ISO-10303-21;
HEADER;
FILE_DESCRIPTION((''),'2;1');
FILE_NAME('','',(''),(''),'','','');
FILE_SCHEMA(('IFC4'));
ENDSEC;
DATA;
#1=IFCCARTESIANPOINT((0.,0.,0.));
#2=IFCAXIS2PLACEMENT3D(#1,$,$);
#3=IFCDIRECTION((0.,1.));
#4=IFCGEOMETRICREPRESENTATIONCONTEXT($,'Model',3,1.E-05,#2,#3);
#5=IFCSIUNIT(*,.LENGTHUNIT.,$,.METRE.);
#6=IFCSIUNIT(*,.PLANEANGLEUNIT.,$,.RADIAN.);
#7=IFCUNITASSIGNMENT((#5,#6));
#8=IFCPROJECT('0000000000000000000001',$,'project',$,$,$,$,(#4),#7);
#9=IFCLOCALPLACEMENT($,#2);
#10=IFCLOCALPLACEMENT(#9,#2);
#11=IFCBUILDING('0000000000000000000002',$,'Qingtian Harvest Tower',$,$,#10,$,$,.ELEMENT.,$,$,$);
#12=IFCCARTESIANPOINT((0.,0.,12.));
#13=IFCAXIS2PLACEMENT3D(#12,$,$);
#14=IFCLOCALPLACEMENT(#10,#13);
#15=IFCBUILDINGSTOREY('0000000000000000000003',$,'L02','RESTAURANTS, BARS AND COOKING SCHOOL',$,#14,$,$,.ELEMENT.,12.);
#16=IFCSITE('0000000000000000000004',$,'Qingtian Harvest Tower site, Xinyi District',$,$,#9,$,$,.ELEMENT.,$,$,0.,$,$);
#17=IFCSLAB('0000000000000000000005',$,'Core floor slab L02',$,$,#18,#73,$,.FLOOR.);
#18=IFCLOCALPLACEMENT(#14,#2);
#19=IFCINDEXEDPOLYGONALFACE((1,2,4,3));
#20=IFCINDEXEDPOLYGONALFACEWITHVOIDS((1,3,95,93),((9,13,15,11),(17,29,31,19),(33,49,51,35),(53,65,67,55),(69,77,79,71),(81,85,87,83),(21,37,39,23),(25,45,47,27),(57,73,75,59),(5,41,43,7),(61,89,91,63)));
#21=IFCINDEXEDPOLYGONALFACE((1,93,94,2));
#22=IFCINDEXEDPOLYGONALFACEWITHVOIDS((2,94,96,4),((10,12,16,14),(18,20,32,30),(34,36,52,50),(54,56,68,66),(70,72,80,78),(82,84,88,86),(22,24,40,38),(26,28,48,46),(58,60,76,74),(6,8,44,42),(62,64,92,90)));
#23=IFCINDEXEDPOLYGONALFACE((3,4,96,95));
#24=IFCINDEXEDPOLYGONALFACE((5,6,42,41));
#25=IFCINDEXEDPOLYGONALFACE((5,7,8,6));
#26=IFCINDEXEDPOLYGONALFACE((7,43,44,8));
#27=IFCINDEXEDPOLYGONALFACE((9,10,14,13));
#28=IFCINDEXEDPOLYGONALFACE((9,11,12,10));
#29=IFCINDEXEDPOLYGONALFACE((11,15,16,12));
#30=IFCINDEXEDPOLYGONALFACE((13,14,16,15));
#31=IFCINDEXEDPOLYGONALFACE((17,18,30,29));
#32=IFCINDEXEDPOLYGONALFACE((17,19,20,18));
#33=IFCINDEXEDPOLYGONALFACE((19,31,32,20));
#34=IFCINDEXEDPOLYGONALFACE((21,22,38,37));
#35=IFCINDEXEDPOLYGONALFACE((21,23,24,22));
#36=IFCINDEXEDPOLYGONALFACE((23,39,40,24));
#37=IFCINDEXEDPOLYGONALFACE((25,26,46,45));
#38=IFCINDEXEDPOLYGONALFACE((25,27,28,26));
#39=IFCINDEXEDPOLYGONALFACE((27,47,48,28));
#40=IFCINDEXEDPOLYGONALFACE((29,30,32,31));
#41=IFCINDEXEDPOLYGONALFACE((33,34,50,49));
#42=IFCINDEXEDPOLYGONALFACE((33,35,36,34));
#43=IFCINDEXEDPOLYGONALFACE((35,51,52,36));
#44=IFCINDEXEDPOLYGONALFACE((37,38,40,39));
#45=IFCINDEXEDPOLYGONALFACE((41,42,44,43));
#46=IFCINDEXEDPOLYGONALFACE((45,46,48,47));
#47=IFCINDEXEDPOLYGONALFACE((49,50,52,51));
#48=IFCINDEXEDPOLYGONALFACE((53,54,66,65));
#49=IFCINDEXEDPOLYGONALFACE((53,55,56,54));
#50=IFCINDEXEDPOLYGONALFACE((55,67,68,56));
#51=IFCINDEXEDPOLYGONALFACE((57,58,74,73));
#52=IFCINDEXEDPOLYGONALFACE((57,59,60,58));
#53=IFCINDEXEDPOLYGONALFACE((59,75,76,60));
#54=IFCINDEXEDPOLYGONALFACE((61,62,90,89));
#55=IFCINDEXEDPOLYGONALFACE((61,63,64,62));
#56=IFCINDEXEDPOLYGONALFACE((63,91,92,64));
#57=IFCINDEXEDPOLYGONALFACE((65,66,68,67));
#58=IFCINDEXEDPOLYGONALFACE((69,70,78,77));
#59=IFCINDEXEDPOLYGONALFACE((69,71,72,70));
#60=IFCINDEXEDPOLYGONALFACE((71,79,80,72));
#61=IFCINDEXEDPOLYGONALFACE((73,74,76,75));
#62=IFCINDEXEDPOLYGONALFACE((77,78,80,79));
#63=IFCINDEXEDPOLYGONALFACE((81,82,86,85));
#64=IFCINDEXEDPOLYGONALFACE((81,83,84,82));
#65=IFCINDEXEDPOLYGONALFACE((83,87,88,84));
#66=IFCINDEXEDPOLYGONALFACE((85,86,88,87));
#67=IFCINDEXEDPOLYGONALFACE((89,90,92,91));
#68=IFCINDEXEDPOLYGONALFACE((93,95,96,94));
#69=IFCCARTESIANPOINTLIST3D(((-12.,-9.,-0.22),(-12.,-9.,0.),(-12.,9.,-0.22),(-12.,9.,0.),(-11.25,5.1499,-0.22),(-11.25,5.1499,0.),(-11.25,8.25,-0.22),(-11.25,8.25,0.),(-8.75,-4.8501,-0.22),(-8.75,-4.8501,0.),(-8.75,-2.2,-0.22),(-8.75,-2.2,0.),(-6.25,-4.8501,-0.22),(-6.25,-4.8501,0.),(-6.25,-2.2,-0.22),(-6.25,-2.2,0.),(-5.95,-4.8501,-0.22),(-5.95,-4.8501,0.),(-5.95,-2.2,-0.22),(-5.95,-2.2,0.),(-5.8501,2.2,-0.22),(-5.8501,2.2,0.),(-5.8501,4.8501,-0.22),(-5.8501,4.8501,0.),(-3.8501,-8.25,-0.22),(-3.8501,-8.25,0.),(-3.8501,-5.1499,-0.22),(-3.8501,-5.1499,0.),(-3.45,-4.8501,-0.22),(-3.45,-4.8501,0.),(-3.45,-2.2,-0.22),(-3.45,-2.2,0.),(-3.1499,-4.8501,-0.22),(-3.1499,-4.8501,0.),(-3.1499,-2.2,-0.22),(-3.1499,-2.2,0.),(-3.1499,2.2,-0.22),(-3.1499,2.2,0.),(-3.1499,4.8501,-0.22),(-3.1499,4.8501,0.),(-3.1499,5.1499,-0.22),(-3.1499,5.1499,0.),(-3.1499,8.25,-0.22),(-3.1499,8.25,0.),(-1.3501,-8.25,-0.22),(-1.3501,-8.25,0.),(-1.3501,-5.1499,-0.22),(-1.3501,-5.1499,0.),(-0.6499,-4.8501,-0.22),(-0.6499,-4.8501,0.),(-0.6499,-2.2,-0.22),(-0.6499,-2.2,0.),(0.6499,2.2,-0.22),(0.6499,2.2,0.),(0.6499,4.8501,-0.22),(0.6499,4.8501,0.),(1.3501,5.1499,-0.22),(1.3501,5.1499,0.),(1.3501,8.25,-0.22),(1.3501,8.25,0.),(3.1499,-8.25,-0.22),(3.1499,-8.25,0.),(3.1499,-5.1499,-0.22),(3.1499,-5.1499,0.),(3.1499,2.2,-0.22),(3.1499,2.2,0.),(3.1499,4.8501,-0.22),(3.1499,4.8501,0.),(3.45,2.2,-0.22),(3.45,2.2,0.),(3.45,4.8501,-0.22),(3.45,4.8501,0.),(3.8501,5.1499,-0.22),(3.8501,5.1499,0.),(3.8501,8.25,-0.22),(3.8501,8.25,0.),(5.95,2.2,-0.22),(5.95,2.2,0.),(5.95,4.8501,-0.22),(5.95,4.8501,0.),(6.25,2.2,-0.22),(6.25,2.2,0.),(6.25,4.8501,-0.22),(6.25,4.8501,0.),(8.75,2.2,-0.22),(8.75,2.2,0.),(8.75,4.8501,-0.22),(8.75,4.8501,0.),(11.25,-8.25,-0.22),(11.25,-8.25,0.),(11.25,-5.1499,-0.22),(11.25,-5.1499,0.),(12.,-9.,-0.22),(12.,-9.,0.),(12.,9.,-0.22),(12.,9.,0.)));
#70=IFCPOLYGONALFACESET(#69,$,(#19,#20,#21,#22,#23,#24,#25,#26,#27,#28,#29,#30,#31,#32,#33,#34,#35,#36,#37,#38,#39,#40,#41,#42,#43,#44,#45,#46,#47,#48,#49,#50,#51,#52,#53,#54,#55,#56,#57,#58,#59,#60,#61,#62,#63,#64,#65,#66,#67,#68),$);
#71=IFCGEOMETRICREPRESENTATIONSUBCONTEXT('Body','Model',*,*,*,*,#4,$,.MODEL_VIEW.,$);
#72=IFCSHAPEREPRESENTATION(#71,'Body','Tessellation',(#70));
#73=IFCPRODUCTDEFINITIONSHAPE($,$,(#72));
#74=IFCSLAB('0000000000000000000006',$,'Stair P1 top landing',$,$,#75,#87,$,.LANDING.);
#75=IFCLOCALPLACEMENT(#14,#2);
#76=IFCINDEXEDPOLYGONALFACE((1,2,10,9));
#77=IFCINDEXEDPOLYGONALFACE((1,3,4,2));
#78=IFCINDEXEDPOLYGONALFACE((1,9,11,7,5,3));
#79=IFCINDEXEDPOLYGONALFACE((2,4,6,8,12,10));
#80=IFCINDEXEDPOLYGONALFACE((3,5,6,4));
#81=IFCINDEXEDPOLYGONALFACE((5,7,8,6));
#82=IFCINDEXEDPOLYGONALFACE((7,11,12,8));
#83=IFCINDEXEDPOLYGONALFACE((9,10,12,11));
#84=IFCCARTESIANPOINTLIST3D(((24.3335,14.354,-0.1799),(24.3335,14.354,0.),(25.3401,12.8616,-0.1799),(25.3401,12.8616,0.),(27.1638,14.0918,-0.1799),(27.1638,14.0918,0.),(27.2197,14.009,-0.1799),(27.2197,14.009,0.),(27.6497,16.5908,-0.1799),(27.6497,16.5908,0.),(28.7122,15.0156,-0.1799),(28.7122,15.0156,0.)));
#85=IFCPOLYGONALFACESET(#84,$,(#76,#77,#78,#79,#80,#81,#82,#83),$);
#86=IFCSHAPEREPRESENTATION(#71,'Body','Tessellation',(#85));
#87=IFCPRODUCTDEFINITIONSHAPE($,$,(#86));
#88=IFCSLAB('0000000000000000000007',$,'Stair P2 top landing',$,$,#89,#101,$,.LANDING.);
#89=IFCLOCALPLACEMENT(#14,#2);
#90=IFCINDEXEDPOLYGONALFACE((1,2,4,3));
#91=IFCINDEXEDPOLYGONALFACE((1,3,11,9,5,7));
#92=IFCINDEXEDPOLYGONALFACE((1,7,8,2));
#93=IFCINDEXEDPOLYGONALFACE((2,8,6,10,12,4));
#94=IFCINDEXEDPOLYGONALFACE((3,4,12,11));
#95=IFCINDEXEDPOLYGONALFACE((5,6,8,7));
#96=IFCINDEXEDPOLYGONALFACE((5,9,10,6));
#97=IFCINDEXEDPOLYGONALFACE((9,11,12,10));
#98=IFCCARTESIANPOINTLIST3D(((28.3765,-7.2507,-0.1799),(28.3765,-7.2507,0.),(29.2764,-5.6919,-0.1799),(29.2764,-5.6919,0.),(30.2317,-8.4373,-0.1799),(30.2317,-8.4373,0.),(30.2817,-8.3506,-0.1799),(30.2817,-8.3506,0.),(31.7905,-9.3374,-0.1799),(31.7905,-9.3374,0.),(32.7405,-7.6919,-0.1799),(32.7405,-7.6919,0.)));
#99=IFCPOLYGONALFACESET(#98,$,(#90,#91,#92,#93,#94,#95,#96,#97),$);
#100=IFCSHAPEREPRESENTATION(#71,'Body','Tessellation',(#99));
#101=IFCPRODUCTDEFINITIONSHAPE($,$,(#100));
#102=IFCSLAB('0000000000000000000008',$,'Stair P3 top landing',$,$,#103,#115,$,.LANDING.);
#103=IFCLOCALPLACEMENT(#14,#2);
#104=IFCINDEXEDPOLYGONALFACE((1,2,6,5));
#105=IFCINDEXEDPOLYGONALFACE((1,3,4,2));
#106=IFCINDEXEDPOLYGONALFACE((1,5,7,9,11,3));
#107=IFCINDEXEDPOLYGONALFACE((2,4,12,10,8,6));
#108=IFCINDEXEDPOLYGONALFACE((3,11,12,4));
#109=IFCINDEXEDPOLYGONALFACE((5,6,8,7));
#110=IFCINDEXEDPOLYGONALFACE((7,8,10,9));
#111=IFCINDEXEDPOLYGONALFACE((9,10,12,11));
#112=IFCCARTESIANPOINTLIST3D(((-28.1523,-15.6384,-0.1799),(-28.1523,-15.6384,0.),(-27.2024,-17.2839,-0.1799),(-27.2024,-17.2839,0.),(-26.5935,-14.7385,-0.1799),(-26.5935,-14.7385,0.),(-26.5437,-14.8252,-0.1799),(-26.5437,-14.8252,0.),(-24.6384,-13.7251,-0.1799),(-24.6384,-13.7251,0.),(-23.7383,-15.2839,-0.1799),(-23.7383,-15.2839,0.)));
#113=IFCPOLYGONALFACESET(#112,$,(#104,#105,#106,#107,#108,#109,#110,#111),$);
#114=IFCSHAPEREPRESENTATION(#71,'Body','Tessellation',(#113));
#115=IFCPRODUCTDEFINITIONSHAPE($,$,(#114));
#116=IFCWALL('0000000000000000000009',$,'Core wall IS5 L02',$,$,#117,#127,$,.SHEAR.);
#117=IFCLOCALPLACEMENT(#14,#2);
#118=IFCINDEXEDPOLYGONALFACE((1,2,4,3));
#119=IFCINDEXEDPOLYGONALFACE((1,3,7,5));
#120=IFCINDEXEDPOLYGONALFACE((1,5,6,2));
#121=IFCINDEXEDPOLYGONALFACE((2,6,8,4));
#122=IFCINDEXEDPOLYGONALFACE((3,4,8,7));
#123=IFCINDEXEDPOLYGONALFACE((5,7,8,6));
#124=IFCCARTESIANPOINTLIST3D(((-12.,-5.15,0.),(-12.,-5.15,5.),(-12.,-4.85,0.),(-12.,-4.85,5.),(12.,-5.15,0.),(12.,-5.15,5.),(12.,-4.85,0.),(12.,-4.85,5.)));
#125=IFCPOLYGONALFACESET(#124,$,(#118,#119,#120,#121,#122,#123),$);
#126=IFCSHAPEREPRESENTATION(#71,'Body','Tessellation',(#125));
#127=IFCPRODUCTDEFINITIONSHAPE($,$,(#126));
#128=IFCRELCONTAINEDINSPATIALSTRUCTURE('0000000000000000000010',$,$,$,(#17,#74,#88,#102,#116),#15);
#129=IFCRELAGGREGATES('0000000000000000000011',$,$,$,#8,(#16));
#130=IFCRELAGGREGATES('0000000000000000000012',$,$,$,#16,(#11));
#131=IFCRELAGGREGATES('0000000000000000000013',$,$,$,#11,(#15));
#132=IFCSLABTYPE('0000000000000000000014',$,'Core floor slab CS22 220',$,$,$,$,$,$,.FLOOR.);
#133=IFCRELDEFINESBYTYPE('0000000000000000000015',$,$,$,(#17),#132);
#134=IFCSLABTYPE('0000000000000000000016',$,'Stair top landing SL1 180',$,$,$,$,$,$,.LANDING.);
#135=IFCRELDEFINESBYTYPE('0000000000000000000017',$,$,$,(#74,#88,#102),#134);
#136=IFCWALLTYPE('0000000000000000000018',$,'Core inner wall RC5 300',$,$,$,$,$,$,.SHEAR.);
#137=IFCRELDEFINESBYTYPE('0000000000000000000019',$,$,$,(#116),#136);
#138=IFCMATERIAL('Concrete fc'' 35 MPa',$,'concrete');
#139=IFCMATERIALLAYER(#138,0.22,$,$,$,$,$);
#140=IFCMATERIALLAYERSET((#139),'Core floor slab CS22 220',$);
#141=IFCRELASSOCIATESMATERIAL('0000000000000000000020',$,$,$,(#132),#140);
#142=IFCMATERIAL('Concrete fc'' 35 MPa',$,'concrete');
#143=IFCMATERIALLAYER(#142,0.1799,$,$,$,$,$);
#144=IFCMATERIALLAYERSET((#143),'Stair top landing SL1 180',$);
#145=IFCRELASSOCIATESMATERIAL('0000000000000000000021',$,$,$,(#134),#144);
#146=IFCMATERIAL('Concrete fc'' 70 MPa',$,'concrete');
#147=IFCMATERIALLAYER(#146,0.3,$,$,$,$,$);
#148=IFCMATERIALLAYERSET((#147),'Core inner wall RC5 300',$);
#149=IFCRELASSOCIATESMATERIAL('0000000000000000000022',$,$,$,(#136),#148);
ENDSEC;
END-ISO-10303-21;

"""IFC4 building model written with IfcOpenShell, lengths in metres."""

from ifc_helpers import new_model, si_unit, direction, frame, frame_2d, origin, place, context, subcontext, project, spatial, polyline, rectangle, outline, extrude, material, layer, layer_set, type_object, element, save


model = new_model("IFC4")

# Units and contexts
model_context = context("Model", 3, precision=1e-05, world=origin(), true_north=direction((0.0, 1.0)))
body_context = subcontext(model_context, "Body", "Model", "MODEL_VIEW")
ifc_project = project(units=[si_unit("LENGTHUNIT", "METRE"), si_unit("PLANEANGLEUNIT", "RADIAN")], contexts=[model_context])

# Site, building, storey
site_placement = place(None, origin())
site = spatial("IfcSite", under=ifc_project, at=site_placement, Name="Qingtian Harvest Tower site, Xinyi District", CompositionType="ELEMENT", RefElevation=0.0)
building_placement = place(site_placement, origin())
building = spatial("IfcBuilding", under=site, at=building_placement, Name="Qingtian Harvest Tower", CompositionType="ELEMENT")
storey_placement = place(building_placement, frame((0.0, 0.0, 12.0)))
storey = spatial("IfcBuildingStorey", under=building, at=storey_placement, Name="L02", Description="RESTAURANTS, BARS AND COOKING SCHOOL", CompositionType="ELEMENT", Elevation=12.0)

# Slabs
ifc_material_1 = material(Name="Concrete fc' 35 MPa", Category="concrete")
ifc_layer_1 = layer(ifc_material_1, 0.22)
ifc_layer_set_1 = layer_set([ifc_layer_1], Name="Core floor slab CS22 220")
slab_type_1 = type_object("IfcSlabType", Name="Core floor slab CS22 220", PredefinedType="FLOOR", material=ifc_layer_set_1)
slab_1_placement = place(storey_placement, frame((0.0, 0.0, -0.22)))
element("IfcSlab", 1, at=slab_1_placement, inside=storey, type_object=slab_type_1, Name="Core floor slab L02", PredefinedType="FLOOR", context=body_context, shape_type="SweptSolid", body=[
    extrude(outline(polyline([(-12.0, -9.0), (12.0, -9.0), (12.0, 9.0), (-12.0, 9.0), (-12.0, -9.0)]), holes=[polyline([(-11.25, 5.1499), (-3.1499, 5.1499), (-3.1499, 8.25), (-11.25, 8.25), (-11.25, 5.1499)]), polyline([(3.1499, -8.25), (11.25, -8.25), (11.25, -5.1499), (3.1499, -5.1499), (3.1499, -8.25)]), polyline([(1.3501, 5.1499), (3.8501, 5.1499), (3.8501, 8.25), (1.3501, 8.25), (1.3501, 5.1499)]), polyline([(-3.8501, -8.25), (-1.3501, -8.25), (-1.3501, -5.1499), (-3.8501, -5.1499), (-3.8501, -8.25)]), polyline([(-5.8501, 2.2), (-3.1499, 2.2), (-3.1499, 4.8501), (-5.8501, 4.8501), (-5.8501, 2.2)]), polyline([(0.6499, 2.2), (3.1499, 2.2), (3.1499, 4.8501), (0.6499, 4.8501), (0.6499, 2.2)]), polyline([(3.45, 2.2), (5.95, 2.2), (5.95, 4.8501), (3.45, 4.8501), (3.45, 2.2)]), polyline([(6.25, 2.2), (8.75, 2.2), (8.75, 4.8501), (6.25, 4.8501), (6.25, 2.2)]), polyline([(-8.75, -4.8501), (-6.25, -4.8501), (-6.25, -2.2), (-8.75, -2.2), (-8.75, -4.8501)]), polyline([(-5.95, -4.8501), (-3.45, -4.8501), (-3.45, -2.2), (-5.95, -2.2), (-5.95, -4.8501)]), polyline([(-3.1499, -4.8501), (-0.6499, -4.8501), (-0.6499, -2.2), (-3.1499, -2.2), (-3.1499, -4.8501)])]), origin(), (0.0, 0.0, 1.0), 0.22),
])
ifc_material_2 = material(Name="Concrete fc' 35 MPa", Category="concrete")
ifc_layer_2 = layer(ifc_material_2, 0.1799)
ifc_layer_set_2 = layer_set([ifc_layer_2], Name="Stair top landing SL1 180")
slab_type_2 = type_object("IfcSlabType", Name="Stair top landing SL1 180", PredefinedType="LANDING", material=ifc_layer_set_2)
slab_2_placement = place(storey_placement, frame((0.0, 0.0, -0.1799)))
element("IfcSlab", 2, at=slab_2_placement, inside=storey, type_object=slab_type_2, Name="Stair P1 top landing", PredefinedType="LANDING", context=body_context, shape_type="SweptSolid", body=[
    extrude(outline(polyline([(27.6497, 16.5908), (28.7122, 15.0156), (27.2197, 14.009), (27.1638, 14.0918), (25.3401, 12.8616), (24.3335, 14.354), (27.6497, 16.5908)])), origin(), (0.0, 0.0, 1.0), 0.1799),
])
slab_3_placement = place(storey_placement, frame((0.0, 0.0, -0.1799)))
element("IfcSlab", 3, at=slab_3_placement, inside=storey, type_object=slab_type_2, Name="Stair P2 top landing", PredefinedType="LANDING", context=body_context, shape_type="SweptSolid", body=[
    extrude(outline(polyline([(32.7405, -7.6919), (31.7905, -9.3374), (30.2317, -8.4373), (30.2817, -8.3506), (28.3765, -7.2507), (29.2764, -5.6919), (32.7405, -7.6919)])), origin(), (0.0, 0.0, 1.0), 0.1799),
])
slab_4_placement = place(storey_placement, frame((0.0, 0.0, -0.1799)))
element("IfcSlab", 4, at=slab_4_placement, inside=storey, type_object=slab_type_2, Name="Stair P3 top landing", PredefinedType="LANDING", context=body_context, shape_type="SweptSolid", body=[
    extrude(outline(polyline([(-27.2024, -17.2839), (-28.1523, -15.6384), (-26.5935, -14.7385), (-26.5437, -14.8252), (-24.6384, -13.7251), (-23.7383, -15.2839), (-27.2024, -17.2839)])), origin(), (0.0, 0.0, 1.0), 0.1799),
])

# Wall
ifc_material_3 = material(Name="Concrete fc' 70 MPa", Category="concrete")
ifc_layer_3 = layer(ifc_material_3, 0.3)
ifc_layer_set_3 = layer_set([ifc_layer_3], Name="Core inner wall RC5 300")
wall_type_1 = type_object("IfcWallType", Name="Core inner wall RC5 300", PredefinedType="SHEAR", material=ifc_layer_set_3)
wall_1_placement = place(storey_placement, frame((-12.0, -5.0, 0.0), z_axis=(0.0, 0.0, 1.0), x_axis=(1.0, 0.0, 0.0)))
element("IfcWall", 5, at=wall_1_placement, inside=storey, type_object=wall_type_1, Name="Core wall IS5 L02", PredefinedType="SHEAR", context=body_context, shape_type="SweptSolid", body=[
    extrude(rectangle(XDim=24.0, YDim=0.3, at=frame_2d((12.0, 0.0))), origin(), (0.0, 0.0, 1.0), 5.0),
])

save(model, "model.ifc")
